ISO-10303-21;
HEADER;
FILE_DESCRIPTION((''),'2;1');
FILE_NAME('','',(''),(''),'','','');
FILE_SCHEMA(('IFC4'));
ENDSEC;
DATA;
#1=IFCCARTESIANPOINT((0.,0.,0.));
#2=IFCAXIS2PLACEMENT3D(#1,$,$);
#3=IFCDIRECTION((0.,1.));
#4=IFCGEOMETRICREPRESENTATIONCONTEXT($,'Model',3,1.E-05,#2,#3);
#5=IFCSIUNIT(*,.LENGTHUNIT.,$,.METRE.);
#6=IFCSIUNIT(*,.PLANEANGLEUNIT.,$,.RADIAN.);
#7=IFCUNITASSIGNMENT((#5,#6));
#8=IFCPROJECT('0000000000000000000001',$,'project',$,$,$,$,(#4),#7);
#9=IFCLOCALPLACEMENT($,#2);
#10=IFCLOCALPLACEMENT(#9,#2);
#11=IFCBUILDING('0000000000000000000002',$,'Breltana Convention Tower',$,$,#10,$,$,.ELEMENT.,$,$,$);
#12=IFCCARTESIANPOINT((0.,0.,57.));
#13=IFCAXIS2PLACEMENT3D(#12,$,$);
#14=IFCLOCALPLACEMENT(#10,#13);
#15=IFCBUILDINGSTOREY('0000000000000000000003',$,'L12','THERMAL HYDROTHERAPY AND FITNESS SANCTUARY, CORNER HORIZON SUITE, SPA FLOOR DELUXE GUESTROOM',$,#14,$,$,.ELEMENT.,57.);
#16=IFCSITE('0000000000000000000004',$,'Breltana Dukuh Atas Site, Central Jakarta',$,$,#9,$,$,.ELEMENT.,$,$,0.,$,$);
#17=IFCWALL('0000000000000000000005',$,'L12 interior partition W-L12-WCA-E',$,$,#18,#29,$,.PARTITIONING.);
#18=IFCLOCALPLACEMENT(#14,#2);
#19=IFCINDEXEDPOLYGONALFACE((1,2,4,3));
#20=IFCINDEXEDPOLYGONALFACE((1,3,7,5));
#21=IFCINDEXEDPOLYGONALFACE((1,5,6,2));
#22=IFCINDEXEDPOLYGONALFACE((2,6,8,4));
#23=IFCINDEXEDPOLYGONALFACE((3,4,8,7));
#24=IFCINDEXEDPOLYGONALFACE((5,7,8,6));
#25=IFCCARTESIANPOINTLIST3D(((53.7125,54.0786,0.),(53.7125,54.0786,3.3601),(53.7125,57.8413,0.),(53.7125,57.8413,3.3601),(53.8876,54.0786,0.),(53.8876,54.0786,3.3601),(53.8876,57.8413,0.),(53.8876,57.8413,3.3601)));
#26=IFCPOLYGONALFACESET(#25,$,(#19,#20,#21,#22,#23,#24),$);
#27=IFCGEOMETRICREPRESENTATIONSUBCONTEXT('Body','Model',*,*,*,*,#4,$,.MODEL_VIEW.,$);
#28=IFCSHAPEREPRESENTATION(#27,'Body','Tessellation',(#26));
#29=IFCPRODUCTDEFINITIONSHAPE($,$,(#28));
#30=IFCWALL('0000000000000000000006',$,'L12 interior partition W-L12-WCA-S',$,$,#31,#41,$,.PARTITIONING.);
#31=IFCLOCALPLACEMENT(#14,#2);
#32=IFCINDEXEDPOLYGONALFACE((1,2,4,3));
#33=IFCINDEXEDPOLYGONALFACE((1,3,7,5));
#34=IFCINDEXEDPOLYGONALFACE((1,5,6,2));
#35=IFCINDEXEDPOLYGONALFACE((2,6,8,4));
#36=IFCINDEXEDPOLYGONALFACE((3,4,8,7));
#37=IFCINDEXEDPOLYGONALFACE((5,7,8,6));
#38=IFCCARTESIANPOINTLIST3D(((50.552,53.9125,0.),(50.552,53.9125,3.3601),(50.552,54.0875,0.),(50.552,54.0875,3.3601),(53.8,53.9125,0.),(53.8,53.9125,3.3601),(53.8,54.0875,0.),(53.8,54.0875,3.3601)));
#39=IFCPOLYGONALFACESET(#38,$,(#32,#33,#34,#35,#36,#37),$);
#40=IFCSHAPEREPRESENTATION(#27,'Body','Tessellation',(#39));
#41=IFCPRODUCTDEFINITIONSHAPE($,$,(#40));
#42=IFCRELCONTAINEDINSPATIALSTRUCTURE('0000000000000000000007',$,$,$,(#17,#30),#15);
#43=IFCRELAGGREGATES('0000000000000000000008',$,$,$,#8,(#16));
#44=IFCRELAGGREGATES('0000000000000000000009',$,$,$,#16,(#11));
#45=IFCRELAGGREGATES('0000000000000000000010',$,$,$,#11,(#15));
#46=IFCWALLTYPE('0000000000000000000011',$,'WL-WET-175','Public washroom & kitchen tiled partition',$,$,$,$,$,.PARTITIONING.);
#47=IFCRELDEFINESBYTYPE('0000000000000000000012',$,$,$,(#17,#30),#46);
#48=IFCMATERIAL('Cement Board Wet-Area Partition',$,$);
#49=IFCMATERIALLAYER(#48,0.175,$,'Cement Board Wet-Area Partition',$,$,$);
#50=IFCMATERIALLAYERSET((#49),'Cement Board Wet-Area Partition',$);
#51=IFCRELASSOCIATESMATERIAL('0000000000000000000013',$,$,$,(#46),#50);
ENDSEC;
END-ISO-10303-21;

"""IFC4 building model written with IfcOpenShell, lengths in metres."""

from ifc_helpers import new_model, si_unit, direction, frame, frame_2d, origin, place, context, subcontext, project, spatial, rectangle, extrude, source, transform, mapped, material, layer, layer_set, type_object, element, save


model = new_model("IFC4")

# Units and contexts
model_context = context("Model", 3, precision=1e-05, world=origin(), true_north=direction((0.0, 1.0)))
body_context = subcontext(model_context, "Body", "Model", "MODEL_VIEW")
ifc_project = project(units=[si_unit("LENGTHUNIT", "METRE"), si_unit("PLANEANGLEUNIT", "RADIAN")], contexts=[model_context])

# Site, building, storey
site_placement = place(None, origin())
site = spatial("IfcSite", under=ifc_project, at=site_placement, Name="Breltana Dukuh Atas Site, Central Jakarta", CompositionType="ELEMENT", RefElevation=0.0)
building_placement = place(site_placement, origin())
building = spatial("IfcBuilding", under=site, at=building_placement, Name="Breltana Convention Tower", CompositionType="ELEMENT")
storey_placement = place(building_placement, frame((0.0, 0.0, 57.0)))
storey = spatial("IfcBuildingStorey", under=building, at=storey_placement, Name="L12", Description="THERMAL HYDROTHERAPY AND FITNESS SANCTUARY, CORNER HORIZON SUITE, SPA FLOOR DELUXE GUESTROOM", CompositionType="ELEMENT", Elevation=57.0)

# Walls
ifc_material_1 = material(Name="Cement Board Wet-Area Partition")
ifc_layer_1 = layer(ifc_material_1, 0.175, Name="Cement Board Wet-Area Partition")
ifc_layer_set_1 = layer_set([ifc_layer_1], Name="Cement Board Wet-Area Partition")
wall_type_1 = type_object("IfcWallType", Name="WL-WET-175", Description="Public washroom & kitchen tiled partition", PredefinedType="PARTITIONING", material=ifc_layer_set_1)
shared_shape_1 = source(origin(), body_context, "Body", "SweptSolid", [
    extrude(rectangle(XDim=3.7627, YDim=0.175, at=frame_2d((1.8813, 0.0))), origin(), (0.0, 0.0, 1.0), 3.3601),
])
for number, where, z_axis, x_axis, name in (
    (1, (53.8, 54.0786, 0.0), (0.0, 0.0, 1.0), (0.0, 1.0, 0.0), "L12 interior partition W-L12-WCA-E"),
):
    element("IfcWall", number, at=place(storey_placement, frame(where, z_axis=z_axis, x_axis=x_axis)), inside=storey, type_object=wall_type_1, Name=name, PredefinedType="PARTITIONING", context=body_context, shape_type="MappedRepresentation", body=[
        mapped(shared_shape_1, transform((0.0, 0.0, 0.0), scale=1.0)),
    ])
shared_shape_2 = source(origin(), body_context, "Body", "SweptSolid", [
    extrude(rectangle(XDim=3.248, YDim=0.175, at=frame_2d((1.624, 0.0))), origin(), (0.0, 0.0, 1.0), 3.3601),
])
wall_1_placement = place(storey_placement, frame((50.552, 54.0, 0.0), z_axis=(0.0, 0.0, 1.0), x_axis=(1.0, 0.0, 0.0)))
element("IfcWall", 2, at=wall_1_placement, inside=storey, type_object=wall_type_1, Name="L12 interior partition W-L12-WCA-S", PredefinedType="PARTITIONING", context=body_context, shape_type="MappedRepresentation", body=[
    mapped(shared_shape_2, transform((0.0, 0.0, 0.0), scale=1.0)),
])

save(model, "model.ifc")
